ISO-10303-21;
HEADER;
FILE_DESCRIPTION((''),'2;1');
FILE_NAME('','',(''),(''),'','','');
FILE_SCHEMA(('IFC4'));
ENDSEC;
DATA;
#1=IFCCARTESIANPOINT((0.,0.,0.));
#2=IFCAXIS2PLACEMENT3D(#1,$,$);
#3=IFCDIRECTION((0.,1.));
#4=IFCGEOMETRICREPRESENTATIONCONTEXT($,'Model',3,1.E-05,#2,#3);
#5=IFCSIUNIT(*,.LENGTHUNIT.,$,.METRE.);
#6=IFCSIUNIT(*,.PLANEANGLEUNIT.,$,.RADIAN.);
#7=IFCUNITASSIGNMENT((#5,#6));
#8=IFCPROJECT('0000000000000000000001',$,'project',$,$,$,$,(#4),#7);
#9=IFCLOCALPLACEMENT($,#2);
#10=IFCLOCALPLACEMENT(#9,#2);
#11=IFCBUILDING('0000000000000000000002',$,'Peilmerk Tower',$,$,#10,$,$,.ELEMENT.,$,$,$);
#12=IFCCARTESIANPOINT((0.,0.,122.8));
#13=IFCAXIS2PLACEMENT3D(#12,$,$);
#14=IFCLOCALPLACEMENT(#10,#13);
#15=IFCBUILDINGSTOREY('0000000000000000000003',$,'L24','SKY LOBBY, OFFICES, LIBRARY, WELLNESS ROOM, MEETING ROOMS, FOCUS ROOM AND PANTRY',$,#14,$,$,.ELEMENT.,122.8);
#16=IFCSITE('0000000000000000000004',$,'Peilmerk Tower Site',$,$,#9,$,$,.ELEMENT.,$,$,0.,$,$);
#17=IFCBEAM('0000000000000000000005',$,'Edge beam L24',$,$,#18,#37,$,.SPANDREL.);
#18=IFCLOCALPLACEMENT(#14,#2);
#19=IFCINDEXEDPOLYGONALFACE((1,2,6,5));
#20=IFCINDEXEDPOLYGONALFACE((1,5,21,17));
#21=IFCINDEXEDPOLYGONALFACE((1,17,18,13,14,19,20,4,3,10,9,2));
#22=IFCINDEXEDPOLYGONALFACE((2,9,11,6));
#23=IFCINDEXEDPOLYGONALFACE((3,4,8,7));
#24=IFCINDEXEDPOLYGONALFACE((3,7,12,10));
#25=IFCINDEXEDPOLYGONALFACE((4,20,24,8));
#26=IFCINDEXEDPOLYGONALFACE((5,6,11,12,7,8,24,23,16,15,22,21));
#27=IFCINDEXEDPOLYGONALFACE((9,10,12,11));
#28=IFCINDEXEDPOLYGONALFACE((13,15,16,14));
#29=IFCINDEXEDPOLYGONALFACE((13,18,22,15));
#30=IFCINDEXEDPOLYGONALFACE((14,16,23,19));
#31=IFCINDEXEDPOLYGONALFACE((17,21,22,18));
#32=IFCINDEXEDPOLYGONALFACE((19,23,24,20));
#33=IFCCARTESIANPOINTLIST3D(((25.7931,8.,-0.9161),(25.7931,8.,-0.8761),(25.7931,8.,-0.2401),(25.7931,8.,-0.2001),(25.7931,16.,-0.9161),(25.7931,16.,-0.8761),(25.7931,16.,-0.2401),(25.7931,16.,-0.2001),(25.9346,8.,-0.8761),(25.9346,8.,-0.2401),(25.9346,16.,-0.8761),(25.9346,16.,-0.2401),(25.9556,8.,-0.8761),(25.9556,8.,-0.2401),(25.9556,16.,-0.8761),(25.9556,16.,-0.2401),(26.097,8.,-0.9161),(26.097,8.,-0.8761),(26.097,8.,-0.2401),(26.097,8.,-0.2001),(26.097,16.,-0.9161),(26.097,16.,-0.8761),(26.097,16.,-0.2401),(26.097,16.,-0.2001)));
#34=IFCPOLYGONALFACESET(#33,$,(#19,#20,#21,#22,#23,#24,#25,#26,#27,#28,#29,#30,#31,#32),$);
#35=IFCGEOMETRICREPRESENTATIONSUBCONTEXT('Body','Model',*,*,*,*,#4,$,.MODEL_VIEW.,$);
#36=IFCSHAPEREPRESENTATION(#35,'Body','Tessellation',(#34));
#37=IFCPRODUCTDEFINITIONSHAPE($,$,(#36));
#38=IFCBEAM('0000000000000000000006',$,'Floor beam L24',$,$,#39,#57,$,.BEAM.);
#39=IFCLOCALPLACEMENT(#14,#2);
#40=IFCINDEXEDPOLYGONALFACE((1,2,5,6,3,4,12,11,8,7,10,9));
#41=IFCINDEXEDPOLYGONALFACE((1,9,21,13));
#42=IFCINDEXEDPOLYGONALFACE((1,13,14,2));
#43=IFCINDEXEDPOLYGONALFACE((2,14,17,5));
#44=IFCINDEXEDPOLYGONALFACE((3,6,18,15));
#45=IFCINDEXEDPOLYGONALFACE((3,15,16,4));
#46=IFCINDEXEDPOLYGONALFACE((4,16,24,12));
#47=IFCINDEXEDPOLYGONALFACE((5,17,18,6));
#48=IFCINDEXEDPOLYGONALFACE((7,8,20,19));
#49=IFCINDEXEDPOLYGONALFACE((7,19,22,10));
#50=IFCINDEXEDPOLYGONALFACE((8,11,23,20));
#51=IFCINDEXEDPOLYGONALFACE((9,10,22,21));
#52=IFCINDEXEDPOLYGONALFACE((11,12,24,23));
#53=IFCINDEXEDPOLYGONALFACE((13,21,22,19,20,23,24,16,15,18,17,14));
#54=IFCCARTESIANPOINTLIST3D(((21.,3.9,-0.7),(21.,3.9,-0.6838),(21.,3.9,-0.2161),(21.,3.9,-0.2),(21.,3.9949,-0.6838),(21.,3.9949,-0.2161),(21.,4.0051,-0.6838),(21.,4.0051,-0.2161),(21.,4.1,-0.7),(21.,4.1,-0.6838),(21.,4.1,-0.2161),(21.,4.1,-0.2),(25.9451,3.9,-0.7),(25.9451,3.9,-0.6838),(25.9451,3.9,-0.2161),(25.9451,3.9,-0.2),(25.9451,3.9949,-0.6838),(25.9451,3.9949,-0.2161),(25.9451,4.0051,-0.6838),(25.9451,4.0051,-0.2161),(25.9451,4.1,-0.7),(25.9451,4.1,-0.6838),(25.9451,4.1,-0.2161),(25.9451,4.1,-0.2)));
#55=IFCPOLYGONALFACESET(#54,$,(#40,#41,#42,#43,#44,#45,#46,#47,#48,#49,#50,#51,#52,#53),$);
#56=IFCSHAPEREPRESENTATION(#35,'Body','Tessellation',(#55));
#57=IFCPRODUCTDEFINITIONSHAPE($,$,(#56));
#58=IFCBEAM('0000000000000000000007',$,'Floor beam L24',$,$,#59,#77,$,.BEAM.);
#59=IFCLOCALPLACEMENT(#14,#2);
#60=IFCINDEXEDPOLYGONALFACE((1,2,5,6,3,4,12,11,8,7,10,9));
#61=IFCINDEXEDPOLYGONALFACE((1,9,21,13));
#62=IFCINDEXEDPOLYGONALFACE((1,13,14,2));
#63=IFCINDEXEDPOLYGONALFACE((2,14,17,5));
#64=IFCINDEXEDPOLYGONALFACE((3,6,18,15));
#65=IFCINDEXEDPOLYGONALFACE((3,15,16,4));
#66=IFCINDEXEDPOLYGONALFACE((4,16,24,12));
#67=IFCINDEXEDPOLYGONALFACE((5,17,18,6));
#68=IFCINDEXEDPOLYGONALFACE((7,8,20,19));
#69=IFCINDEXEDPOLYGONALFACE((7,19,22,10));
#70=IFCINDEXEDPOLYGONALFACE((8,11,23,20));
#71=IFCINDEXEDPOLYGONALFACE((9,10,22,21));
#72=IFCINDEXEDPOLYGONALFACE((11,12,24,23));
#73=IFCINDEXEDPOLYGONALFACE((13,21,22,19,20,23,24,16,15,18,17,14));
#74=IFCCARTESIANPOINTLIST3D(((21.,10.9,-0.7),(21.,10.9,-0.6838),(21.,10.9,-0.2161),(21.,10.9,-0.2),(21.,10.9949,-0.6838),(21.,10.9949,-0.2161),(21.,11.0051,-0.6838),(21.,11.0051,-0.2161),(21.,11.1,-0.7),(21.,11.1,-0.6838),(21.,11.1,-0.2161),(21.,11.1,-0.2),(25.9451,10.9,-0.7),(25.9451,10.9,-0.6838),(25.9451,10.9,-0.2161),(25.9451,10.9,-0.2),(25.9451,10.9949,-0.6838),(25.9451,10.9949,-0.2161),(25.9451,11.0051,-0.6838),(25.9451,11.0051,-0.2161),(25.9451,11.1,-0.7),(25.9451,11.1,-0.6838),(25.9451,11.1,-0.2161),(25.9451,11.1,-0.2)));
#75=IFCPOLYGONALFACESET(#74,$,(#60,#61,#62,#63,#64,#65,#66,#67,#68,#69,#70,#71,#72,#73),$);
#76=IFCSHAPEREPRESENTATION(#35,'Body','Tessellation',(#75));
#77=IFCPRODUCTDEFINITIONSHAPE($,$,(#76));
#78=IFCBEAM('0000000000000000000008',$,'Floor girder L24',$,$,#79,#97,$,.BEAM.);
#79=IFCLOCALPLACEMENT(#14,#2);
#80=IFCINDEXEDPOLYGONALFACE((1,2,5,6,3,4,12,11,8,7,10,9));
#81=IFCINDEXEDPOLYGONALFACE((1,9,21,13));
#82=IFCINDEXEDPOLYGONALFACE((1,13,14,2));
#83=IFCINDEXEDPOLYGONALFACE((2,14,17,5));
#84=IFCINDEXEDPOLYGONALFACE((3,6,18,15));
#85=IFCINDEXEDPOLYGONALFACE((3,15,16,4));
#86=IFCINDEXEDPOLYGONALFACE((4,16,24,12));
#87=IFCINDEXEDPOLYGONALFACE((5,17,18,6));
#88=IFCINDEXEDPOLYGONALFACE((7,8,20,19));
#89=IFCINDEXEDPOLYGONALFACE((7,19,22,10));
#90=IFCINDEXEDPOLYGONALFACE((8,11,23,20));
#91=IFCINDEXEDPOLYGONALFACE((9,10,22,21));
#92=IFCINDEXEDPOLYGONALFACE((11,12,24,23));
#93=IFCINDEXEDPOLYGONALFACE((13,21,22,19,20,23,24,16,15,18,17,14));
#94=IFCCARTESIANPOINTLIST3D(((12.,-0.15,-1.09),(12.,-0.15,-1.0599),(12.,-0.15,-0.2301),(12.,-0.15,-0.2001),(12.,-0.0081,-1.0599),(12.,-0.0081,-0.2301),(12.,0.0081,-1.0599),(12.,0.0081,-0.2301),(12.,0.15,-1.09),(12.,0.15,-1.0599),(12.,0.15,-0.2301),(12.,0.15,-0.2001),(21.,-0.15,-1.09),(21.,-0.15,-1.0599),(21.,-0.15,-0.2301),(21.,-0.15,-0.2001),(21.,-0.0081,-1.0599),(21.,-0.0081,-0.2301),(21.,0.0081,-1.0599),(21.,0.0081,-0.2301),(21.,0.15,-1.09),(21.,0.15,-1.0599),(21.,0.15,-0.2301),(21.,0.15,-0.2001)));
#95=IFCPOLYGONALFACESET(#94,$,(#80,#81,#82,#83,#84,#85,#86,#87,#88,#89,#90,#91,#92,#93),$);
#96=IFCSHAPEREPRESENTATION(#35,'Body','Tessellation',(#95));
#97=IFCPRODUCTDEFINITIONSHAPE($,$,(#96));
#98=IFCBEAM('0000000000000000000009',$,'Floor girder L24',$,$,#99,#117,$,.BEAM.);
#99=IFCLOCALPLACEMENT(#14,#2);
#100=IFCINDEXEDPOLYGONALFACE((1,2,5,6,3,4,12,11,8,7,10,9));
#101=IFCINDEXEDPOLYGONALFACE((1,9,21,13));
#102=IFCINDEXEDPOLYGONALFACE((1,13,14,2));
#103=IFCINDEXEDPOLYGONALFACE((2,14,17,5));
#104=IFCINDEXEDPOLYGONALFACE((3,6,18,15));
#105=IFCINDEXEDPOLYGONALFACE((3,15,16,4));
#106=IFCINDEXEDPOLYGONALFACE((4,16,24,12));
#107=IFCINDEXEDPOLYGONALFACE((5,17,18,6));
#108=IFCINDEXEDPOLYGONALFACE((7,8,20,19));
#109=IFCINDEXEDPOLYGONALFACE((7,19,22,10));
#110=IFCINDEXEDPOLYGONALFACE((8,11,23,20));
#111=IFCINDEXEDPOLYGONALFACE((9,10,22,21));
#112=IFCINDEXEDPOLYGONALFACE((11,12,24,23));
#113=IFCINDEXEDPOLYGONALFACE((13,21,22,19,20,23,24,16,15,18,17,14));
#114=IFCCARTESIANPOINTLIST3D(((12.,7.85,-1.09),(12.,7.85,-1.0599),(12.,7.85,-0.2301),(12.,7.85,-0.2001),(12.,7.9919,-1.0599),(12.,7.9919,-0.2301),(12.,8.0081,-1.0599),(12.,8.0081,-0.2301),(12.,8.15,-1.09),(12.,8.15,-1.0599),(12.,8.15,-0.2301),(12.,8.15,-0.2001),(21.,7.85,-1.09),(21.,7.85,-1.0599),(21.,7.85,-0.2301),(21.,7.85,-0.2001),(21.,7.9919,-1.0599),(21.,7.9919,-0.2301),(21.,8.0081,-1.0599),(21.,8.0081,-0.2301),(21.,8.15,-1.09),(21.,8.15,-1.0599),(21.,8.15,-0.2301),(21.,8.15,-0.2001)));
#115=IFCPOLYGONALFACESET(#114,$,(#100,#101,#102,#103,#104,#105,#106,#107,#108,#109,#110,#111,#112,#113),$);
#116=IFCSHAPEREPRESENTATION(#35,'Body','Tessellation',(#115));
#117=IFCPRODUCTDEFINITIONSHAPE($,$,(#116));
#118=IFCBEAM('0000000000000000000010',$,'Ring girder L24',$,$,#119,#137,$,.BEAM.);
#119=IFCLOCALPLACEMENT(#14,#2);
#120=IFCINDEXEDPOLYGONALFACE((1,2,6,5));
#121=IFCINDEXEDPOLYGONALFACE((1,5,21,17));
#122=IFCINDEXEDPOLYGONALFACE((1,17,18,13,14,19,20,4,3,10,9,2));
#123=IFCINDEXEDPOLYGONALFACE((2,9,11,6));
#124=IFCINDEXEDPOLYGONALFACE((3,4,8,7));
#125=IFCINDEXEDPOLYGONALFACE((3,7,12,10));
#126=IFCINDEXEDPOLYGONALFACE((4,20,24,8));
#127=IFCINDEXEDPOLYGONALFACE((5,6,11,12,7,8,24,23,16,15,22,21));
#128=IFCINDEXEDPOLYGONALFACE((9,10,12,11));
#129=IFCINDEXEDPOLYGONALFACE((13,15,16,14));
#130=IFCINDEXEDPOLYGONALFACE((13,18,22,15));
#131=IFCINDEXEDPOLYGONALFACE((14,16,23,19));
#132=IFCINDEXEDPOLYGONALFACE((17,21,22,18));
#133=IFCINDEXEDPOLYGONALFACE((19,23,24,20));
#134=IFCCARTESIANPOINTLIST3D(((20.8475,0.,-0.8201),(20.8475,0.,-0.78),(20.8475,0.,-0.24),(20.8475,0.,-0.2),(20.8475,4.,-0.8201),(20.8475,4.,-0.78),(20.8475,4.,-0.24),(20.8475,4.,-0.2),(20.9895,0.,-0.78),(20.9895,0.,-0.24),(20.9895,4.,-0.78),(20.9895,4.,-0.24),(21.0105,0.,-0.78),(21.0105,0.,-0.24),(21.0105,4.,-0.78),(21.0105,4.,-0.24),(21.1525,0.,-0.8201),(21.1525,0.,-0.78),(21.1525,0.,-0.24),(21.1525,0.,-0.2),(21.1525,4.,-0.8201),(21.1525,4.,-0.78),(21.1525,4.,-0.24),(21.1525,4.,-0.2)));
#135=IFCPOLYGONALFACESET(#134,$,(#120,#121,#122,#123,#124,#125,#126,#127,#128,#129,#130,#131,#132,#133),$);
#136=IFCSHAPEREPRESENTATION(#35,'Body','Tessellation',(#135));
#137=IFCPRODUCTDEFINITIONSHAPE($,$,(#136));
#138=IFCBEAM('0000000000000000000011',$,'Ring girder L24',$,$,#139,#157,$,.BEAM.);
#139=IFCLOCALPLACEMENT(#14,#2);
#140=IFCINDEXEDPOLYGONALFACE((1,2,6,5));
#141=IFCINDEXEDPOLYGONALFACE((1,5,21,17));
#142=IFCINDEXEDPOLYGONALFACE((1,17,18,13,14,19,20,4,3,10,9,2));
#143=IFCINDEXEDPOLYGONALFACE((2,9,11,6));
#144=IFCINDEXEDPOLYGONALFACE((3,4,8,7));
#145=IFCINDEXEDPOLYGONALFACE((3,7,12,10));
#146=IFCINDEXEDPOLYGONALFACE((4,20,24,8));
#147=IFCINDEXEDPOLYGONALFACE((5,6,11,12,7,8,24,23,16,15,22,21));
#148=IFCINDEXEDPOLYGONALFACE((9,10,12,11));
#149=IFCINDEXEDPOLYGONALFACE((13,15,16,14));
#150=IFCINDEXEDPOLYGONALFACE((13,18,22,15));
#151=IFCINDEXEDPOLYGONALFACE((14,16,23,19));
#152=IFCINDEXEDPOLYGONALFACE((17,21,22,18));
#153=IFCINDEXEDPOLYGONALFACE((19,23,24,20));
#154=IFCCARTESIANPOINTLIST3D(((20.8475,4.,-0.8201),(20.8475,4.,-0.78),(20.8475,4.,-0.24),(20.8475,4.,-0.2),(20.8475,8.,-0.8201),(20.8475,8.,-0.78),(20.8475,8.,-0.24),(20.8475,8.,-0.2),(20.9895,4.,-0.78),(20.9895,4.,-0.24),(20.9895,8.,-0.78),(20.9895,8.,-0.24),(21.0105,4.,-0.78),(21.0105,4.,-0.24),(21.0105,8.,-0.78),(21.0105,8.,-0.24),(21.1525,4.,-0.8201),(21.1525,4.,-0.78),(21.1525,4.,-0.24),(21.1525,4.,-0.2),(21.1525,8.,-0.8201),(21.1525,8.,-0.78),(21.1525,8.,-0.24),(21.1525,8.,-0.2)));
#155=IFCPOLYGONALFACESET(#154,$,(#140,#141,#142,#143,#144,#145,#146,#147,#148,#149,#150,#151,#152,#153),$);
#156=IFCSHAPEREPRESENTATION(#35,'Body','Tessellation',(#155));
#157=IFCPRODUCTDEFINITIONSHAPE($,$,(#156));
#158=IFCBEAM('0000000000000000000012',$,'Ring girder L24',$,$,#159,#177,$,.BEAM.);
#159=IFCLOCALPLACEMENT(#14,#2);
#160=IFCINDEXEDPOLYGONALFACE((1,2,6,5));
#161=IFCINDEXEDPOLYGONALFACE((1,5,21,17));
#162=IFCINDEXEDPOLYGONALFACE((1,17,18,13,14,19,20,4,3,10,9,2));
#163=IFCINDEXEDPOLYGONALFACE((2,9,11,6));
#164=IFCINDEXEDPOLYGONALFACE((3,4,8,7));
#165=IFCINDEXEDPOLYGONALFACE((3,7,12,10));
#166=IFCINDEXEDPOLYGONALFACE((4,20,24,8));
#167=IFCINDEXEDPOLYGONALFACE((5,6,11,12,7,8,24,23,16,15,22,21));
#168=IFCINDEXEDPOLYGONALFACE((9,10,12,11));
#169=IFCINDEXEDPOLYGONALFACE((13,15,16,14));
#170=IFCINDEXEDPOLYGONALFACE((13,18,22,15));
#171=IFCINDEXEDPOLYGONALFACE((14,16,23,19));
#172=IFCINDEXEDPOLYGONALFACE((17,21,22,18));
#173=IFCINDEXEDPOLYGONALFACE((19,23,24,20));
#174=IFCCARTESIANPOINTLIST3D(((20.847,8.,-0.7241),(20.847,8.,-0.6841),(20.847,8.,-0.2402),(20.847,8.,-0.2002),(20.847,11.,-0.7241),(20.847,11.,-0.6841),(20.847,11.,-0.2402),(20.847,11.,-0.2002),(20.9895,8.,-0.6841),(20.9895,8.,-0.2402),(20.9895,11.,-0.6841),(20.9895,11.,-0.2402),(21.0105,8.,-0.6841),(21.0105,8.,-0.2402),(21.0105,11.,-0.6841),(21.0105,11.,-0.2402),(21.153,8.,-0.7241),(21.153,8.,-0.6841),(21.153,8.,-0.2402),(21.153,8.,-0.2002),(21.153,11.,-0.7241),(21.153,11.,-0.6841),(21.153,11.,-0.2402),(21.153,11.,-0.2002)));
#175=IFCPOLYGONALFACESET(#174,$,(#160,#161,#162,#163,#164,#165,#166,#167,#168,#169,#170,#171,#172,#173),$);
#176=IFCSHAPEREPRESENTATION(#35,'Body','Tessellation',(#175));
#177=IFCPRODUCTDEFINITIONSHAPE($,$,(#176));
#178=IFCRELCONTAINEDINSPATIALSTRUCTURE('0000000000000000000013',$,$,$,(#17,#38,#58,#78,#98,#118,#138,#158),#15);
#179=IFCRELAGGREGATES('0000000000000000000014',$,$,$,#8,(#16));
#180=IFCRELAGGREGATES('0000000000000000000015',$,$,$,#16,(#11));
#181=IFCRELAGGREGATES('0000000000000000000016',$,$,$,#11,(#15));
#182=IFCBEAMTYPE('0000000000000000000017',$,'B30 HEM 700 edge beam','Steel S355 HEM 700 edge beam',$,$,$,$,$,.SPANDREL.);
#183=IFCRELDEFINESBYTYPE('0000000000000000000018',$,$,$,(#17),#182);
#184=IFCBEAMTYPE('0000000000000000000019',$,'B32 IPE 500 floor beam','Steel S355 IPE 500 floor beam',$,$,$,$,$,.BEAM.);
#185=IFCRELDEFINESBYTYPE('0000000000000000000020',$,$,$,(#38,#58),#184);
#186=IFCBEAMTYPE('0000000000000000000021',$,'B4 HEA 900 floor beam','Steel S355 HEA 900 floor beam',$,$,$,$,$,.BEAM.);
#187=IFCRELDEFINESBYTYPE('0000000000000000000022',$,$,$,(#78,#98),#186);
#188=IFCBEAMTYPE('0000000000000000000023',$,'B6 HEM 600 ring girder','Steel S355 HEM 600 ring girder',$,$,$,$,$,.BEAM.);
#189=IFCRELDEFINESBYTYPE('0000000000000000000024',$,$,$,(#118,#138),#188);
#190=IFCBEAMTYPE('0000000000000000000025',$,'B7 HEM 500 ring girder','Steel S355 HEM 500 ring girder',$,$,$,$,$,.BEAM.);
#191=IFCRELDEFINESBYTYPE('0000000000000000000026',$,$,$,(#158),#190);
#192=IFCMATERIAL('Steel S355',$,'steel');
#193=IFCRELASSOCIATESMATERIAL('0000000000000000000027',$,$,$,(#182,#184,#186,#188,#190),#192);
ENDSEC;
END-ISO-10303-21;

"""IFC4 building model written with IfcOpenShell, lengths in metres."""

from ifc_helpers import new_model, si_unit, direction, frame, origin, origin_2d, place, context, subcontext, project, spatial, i_section, extrude, material, material_profile, profile_set, type_object, element, save


model = new_model("IFC4")

# Units and contexts
model_context = context("Model", 3, precision=1e-05, world=origin(), true_north=direction((0.0, 1.0)))
body_context = subcontext(model_context, "Body", "Model", "MODEL_VIEW")
ifc_project = project(units=[si_unit("LENGTHUNIT", "METRE"), si_unit("PLANEANGLEUNIT", "RADIAN")], contexts=[model_context])

# Site, building, storey
site_placement = place(None, origin())
site = spatial("IfcSite", under=ifc_project, at=site_placement, Name="Peilmerk Tower Site", CompositionType="ELEMENT", RefElevation=0.0)
building_placement = place(site_placement, origin())
building = spatial("IfcBuilding", under=site, at=building_placement, Name="Peilmerk Tower", CompositionType="ELEMENT")
storey_placement = place(building_placement, frame((0.0, 0.0, 122.8)))
storey = spatial("IfcBuildingStorey", under=building, at=storey_placement, Name="L24", Description="SKY LOBBY, OFFICES, LIBRARY, WELLNESS ROOM, MEETING ROOMS, FOCUS ROOM AND PANTRY", CompositionType="ELEMENT", Elevation=122.8)

# Beams
ifc_material_1 = material(Name="Steel S355", Category="steel")
ifc_material_profile_1 = material_profile(ifc_material_1, i_section(OverallWidth=0.304, OverallDepth=0.7161, WebThickness=0.021, FlangeThickness=0.04, at=origin_2d()), Name="HEM 700")
ifc_profile_set_1 = profile_set([ifc_material_profile_1], Name="Steel S355")
beam_type_1 = type_object("IfcBeamType", Name="B30 HEM 700 edge beam", Description="Steel S355 HEM 700 edge beam", PredefinedType="SPANDREL", material=ifc_profile_set_1)
for number, where, z_axis, x_axis, name in (
    (1, (25.9451, 8.0, -0.5581), (0.0, 1.0, 0.0), (-1.0, 0.0, 0.0), "Edge beam L24"),
):
    element("IfcBeam", number, at=place(storey_placement, frame(where, z_axis=z_axis, x_axis=x_axis)), inside=storey, type_object=beam_type_1, Name=name, PredefinedType="SPANDREL", context=body_context, shape_type="SweptSolid", body=[
        extrude(i_section(OverallWidth=0.304, OverallDepth=0.7161, WebThickness=0.021, FlangeThickness=0.04, at=origin_2d()), origin(), (0.0, 0.0, 1.0), 8.0),
    ])
ifc_material_profile_2 = material_profile(ifc_material_1, i_section(OverallWidth=0.2, OverallDepth=0.5, WebThickness=0.0103, FlangeThickness=0.0161, at=origin_2d()), Name="IPE 500")
ifc_profile_set_2 = profile_set([ifc_material_profile_2], Name="Steel S355")
beam_type_2 = type_object("IfcBeamType", Name="B32 IPE 500 floor beam", Description="Steel S355 IPE 500 floor beam", PredefinedType="BEAM", material=ifc_profile_set_2)
for number, where, z_axis, x_axis, name in (
    (2, (21.0, 4.0, -0.45), (1.0, 0.0, 0.0), (0.0, 1.0, 0.0), "Floor beam L24"),
    (3, (21.0, 11.0, -0.45), (1.0, 0.0, 0.0), (0.0, 1.0, 0.0), "Floor beam L24"),
):
    element("IfcBeam", number, at=place(storey_placement, frame(where, z_axis=z_axis, x_axis=x_axis)), inside=storey, type_object=beam_type_2, Name=name, PredefinedType="BEAM", context=body_context, shape_type="SweptSolid", body=[
        extrude(i_section(OverallWidth=0.2, OverallDepth=0.5, WebThickness=0.0103, FlangeThickness=0.0161, at=origin_2d()), origin(), (0.0, 0.0, 1.0), 4.9451),
    ])
ifc_material_profile_3 = material_profile(ifc_material_1, i_section(OverallWidth=0.3, OverallDepth=0.8899, WebThickness=0.0161, FlangeThickness=0.03, at=origin_2d()), Name="HEA 900")
ifc_profile_set_3 = profile_set([ifc_material_profile_3], Name="Steel S355")
beam_type_3 = type_object("IfcBeamType", Name="B4 HEA 900 floor beam", Description="Steel S355 HEA 900 floor beam", PredefinedType="BEAM", material=ifc_profile_set_3)
for number, where, z_axis, x_axis, name in (
    (4, (12.0, 0.0, -0.645), (1.0, 0.0, 0.0), (0.0, 1.0, 0.0), "Floor girder L24"),
    (5, (12.0, 8.0, -0.645), (1.0, 0.0, 0.0), (0.0, 1.0, 0.0), "Floor girder L24"),
):
    element("IfcBeam", number, at=place(storey_placement, frame(where, z_axis=z_axis, x_axis=x_axis)), inside=storey, type_object=beam_type_3, Name=name, PredefinedType="BEAM", context=body_context, shape_type="SweptSolid", body=[
        extrude(i_section(OverallWidth=0.3, OverallDepth=0.8899, WebThickness=0.0161, FlangeThickness=0.03, at=origin_2d()), origin(), (0.0, 0.0, 1.0), 9.0),
    ])
ifc_material_profile_4 = material_profile(ifc_material_1, i_section(OverallWidth=0.3049, OverallDepth=0.6201, WebThickness=0.021, FlangeThickness=0.04, at=origin_2d()), Name="HEM 600")
ifc_profile_set_4 = profile_set([ifc_material_profile_4], Name="Steel S355")
beam_type_4 = type_object("IfcBeamType", Name="B6 HEM 600 ring girder", Description="Steel S355 HEM 600 ring girder", PredefinedType="BEAM", material=ifc_profile_set_4)
for number, where, z_axis, x_axis, name in (
    (6, (21.0, 0.0, -0.51), (0.0, 1.0, 0.0), (-1.0, 0.0, 0.0), "Ring girder L24"),
    (7, (21.0, 4.0, -0.51), (0.0, 1.0, 0.0), (-1.0, 0.0, 0.0), "Ring girder L24"),
):
    element("IfcBeam", number, at=place(storey_placement, frame(where, z_axis=z_axis, x_axis=x_axis)), inside=storey, type_object=beam_type_4, Name=name, PredefinedType="BEAM", context=body_context, shape_type="SweptSolid", body=[
        extrude(i_section(OverallWidth=0.3049, OverallDepth=0.6201, WebThickness=0.021, FlangeThickness=0.04, at=origin_2d()), origin(), (0.0, 0.0, 1.0), 4.0),
    ])
ifc_material_profile_5 = material_profile(ifc_material_1, i_section(OverallWidth=0.3059, OverallDepth=0.5239, WebThickness=0.021, FlangeThickness=0.04, at=origin_2d()), Name="HEM 500")
ifc_profile_set_5 = profile_set([ifc_material_profile_5], Name="Steel S355")
beam_type_5 = type_object("IfcBeamType", Name="B7 HEM 500 ring girder", Description="Steel S355 HEM 500 ring girder", PredefinedType="BEAM", material=ifc_profile_set_5)
beam_1_placement = place(storey_placement, frame((21.0, 8.0, -0.4622), z_axis=(0.0, 1.0, 0.0), x_axis=(-1.0, 0.0, 0.0)))
element("IfcBeam", 8, at=beam_1_placement, inside=storey, type_object=beam_type_5, Name="Ring girder L24", PredefinedType="BEAM", context=body_context, shape_type="SweptSolid", body=[
    extrude(i_section(OverallWidth=0.3059, OverallDepth=0.5239, WebThickness=0.021, FlangeThickness=0.04, at=origin_2d()), origin(), (0.0, 0.0, 1.0), 3.0),
])

save(model, "model.ifc")
